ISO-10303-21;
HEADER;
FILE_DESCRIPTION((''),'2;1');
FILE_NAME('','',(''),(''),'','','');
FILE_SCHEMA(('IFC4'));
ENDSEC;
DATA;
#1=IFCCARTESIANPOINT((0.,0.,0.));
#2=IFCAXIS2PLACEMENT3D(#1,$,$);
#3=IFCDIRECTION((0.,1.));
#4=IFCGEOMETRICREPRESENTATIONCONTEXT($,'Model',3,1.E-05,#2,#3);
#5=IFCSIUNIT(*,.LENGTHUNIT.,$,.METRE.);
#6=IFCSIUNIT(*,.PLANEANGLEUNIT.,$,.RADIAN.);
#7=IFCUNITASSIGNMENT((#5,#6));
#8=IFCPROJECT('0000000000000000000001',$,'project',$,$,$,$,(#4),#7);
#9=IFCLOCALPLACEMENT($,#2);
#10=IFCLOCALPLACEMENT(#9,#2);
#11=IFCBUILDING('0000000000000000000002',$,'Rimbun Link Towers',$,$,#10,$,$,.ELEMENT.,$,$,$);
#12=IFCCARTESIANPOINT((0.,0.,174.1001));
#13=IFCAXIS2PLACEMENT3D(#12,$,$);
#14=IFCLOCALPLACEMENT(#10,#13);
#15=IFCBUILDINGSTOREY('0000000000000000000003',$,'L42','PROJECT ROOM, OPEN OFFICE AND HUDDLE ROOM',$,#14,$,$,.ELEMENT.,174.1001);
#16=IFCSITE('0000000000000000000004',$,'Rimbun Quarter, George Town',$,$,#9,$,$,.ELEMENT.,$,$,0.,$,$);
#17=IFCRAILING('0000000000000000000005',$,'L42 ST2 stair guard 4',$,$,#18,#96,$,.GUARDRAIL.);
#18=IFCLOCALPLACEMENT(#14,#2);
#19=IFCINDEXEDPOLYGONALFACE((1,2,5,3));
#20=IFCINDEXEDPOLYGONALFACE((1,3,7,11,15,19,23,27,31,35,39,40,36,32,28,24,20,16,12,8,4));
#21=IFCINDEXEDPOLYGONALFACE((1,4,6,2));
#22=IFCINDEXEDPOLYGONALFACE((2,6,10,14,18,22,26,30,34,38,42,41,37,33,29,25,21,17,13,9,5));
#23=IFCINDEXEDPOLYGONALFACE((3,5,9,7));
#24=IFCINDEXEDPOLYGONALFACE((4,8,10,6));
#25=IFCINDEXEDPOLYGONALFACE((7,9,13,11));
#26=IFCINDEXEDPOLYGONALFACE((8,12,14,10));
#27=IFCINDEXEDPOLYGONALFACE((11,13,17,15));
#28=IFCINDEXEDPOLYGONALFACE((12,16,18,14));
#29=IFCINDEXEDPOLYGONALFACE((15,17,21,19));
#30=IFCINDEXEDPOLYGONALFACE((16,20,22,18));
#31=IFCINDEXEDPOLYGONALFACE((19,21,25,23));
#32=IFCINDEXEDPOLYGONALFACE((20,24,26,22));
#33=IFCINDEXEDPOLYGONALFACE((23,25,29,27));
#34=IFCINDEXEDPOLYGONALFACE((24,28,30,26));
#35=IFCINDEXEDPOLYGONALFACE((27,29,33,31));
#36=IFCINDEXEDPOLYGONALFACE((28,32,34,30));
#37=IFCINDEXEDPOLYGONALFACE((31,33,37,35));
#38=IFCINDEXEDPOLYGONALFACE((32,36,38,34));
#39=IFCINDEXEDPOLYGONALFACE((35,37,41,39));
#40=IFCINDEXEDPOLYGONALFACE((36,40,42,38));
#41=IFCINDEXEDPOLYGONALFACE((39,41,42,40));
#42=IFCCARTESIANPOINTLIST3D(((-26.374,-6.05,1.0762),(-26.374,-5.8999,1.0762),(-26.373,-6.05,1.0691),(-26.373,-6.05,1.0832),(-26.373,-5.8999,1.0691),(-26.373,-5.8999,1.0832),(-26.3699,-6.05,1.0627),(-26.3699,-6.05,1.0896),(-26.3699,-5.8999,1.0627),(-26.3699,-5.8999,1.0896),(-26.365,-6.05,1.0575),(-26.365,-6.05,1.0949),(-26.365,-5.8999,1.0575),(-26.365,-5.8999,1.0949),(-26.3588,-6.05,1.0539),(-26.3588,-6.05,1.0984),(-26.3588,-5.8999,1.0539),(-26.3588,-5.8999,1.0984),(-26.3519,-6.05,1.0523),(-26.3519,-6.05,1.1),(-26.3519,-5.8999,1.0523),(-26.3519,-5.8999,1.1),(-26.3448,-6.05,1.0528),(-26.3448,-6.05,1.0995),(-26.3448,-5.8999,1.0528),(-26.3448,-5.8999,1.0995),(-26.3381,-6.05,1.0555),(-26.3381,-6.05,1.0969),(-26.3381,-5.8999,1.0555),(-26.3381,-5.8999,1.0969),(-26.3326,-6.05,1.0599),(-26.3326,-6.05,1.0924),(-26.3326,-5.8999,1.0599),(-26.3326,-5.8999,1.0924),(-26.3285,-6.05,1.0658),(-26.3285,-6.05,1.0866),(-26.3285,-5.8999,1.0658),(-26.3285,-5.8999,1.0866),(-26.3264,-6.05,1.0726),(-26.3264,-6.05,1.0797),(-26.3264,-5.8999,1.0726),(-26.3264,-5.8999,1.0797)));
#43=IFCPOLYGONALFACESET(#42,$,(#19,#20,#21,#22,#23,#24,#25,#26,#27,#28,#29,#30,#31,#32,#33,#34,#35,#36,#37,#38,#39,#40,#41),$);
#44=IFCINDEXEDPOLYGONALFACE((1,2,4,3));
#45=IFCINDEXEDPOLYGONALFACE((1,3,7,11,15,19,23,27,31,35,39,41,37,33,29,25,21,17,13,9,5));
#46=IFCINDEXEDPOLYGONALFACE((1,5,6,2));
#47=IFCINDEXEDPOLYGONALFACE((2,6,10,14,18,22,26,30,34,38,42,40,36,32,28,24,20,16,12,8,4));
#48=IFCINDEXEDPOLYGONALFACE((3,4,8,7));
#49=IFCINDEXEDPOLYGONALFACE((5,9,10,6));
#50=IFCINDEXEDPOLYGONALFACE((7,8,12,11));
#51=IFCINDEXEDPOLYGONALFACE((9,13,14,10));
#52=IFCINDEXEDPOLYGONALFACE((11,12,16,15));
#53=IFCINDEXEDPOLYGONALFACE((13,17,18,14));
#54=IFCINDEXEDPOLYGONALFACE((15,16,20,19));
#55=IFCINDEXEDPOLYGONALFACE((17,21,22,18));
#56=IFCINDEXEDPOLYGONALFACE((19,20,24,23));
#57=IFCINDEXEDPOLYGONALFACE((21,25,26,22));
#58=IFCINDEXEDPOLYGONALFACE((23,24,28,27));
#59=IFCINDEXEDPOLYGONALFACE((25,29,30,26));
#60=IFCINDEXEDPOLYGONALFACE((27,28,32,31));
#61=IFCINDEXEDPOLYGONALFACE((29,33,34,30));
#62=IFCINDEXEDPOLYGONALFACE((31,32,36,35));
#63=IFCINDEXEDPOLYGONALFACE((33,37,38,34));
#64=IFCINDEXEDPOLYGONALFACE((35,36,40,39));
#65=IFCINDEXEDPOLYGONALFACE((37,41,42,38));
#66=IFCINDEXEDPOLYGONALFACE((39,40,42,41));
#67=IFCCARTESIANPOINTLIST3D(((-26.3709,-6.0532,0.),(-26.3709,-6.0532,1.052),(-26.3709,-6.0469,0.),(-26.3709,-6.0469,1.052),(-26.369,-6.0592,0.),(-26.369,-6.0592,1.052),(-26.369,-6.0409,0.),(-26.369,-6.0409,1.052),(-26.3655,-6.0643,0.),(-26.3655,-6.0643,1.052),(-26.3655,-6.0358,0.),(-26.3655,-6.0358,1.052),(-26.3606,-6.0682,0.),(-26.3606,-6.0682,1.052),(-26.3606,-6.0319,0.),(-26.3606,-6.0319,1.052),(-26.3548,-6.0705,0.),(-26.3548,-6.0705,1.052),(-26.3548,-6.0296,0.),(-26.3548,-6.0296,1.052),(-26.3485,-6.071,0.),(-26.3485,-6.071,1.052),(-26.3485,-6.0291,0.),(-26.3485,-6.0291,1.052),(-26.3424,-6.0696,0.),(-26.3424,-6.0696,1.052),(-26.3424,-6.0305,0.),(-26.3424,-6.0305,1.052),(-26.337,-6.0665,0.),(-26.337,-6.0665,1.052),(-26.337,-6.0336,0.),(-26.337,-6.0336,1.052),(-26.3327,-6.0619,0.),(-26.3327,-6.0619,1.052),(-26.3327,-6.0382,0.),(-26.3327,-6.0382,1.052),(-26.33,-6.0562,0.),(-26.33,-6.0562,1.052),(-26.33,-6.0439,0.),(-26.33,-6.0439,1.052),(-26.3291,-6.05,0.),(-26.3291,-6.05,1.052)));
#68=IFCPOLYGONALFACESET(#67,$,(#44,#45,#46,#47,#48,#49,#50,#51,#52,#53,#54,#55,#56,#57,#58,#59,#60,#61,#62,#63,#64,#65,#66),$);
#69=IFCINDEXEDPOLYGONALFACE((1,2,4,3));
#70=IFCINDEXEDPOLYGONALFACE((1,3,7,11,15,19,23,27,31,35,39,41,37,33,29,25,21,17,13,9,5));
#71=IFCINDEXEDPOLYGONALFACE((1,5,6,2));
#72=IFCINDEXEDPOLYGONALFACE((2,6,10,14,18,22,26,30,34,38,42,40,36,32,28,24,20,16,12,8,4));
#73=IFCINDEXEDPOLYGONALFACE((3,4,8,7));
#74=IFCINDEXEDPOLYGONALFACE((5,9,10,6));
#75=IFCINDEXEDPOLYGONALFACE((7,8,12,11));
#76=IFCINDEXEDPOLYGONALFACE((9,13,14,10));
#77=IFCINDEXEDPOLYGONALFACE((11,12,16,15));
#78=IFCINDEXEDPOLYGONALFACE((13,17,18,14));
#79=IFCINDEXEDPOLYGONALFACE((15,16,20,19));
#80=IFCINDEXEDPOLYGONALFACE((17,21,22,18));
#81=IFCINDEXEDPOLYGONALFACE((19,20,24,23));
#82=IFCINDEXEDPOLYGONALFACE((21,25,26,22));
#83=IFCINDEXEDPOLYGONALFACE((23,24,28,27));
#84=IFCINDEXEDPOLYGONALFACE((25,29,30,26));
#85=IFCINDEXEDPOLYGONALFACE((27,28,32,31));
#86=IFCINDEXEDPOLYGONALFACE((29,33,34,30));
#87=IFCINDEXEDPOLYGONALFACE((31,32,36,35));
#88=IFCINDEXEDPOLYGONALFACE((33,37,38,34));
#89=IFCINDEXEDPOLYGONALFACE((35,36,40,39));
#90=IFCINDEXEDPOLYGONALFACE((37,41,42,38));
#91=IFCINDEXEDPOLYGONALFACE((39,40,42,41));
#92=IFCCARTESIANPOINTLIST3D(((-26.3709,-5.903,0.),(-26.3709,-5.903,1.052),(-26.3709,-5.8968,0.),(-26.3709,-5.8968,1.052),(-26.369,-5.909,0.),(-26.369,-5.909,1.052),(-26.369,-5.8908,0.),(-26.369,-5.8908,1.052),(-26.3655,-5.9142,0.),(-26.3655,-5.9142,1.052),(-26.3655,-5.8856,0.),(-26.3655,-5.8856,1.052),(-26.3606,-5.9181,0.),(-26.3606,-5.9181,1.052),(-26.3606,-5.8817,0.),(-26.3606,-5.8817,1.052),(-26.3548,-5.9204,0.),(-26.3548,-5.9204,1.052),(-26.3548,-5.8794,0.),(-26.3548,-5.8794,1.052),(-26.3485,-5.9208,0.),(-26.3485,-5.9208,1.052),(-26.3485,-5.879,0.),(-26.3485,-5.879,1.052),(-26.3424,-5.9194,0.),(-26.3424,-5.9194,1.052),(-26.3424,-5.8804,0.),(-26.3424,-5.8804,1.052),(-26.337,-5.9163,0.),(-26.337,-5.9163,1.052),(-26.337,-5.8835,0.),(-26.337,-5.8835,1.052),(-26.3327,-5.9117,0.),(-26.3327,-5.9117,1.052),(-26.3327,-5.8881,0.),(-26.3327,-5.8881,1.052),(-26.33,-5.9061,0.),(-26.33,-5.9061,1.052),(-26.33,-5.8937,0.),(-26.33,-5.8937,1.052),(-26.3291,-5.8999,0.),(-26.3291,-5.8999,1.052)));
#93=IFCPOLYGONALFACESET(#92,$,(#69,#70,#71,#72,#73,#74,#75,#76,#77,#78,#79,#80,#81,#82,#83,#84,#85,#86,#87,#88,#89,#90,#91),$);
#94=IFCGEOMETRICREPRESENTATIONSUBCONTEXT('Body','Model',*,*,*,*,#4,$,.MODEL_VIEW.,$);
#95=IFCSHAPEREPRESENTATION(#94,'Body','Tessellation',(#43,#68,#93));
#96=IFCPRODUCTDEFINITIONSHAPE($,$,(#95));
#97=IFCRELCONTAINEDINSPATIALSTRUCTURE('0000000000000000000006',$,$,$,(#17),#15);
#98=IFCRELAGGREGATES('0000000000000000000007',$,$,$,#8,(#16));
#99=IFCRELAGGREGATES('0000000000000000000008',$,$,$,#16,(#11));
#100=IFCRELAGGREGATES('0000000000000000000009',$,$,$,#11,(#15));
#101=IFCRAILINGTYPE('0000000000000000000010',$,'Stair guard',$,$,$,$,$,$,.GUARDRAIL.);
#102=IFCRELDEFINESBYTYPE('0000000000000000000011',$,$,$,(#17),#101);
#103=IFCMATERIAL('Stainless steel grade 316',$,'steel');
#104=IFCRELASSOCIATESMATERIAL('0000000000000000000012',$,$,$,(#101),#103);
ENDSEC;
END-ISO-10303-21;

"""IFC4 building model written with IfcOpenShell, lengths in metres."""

from ifc_helpers import new_model, si_unit, direction, frame, origin, origin_2d, place, context, subcontext, project, spatial, circle, extrude, material, type_object, element, save


model = new_model("IFC4")

# Units and contexts
model_context = context("Model", 3, precision=1e-05, world=origin(), true_north=direction((0.0, 1.0)))
body_context = subcontext(model_context, "Body", "Model", "MODEL_VIEW")
ifc_project = project(units=[si_unit("LENGTHUNIT", "METRE"), si_unit("PLANEANGLEUNIT", "RADIAN")], contexts=[model_context])

# Site, building, storey
site_placement = place(None, origin())
site = spatial("IfcSite", under=ifc_project, at=site_placement, Name="Rimbun Quarter, George Town", CompositionType="ELEMENT", RefElevation=0.0)
building_placement = place(site_placement, origin())
building = spatial("IfcBuilding", under=site, at=building_placement, Name="Rimbun Link Towers", CompositionType="ELEMENT")
storey_placement = place(building_placement, frame((0.0, 0.0, 174.1001)))
storey = spatial("IfcBuildingStorey", under=building, at=storey_placement, Name="L42", Description="PROJECT ROOM, OPEN OFFICE AND HUDDLE ROOM", CompositionType="ELEMENT", Elevation=174.1001)

# Railing
ifc_material_1 = material(Name="Stainless steel grade 316", Category="steel")
railing_type_1 = type_object("IfcRailingType", Name="Stair guard", PredefinedType="GUARDRAIL", material=ifc_material_1)
railing_1_placement = place(storey_placement, frame((-26.3501, -6.05, 0.0)))
element("IfcRailing", 1, at=railing_1_placement, inside=storey, type_object=railing_type_1, Name="L42 ST2 stair guard 4", PredefinedType="GUARDRAIL", context=body_context, shape_type="SweptSolid", body=[
    extrude(circle(Radius=0.0239, at=origin_2d()), frame((0.0, 0.0, 1.0762), z_axis=(0.0, 1.0, 0.0), x_axis=(-1.0, 0.0, 0.0)), (0.0, 0.0, 1.0), 0.1501),
    extrude(circle(Radius=0.021, at=origin_2d()), origin(), (0.0, 0.0, 1.0), 1.052),
    extrude(circle(Radius=0.021, at=origin_2d()), frame((0.0, 0.1501, 0.0)), (0.0, 0.0, 1.0), 1.052),
])

save(model, "model.ifc")
